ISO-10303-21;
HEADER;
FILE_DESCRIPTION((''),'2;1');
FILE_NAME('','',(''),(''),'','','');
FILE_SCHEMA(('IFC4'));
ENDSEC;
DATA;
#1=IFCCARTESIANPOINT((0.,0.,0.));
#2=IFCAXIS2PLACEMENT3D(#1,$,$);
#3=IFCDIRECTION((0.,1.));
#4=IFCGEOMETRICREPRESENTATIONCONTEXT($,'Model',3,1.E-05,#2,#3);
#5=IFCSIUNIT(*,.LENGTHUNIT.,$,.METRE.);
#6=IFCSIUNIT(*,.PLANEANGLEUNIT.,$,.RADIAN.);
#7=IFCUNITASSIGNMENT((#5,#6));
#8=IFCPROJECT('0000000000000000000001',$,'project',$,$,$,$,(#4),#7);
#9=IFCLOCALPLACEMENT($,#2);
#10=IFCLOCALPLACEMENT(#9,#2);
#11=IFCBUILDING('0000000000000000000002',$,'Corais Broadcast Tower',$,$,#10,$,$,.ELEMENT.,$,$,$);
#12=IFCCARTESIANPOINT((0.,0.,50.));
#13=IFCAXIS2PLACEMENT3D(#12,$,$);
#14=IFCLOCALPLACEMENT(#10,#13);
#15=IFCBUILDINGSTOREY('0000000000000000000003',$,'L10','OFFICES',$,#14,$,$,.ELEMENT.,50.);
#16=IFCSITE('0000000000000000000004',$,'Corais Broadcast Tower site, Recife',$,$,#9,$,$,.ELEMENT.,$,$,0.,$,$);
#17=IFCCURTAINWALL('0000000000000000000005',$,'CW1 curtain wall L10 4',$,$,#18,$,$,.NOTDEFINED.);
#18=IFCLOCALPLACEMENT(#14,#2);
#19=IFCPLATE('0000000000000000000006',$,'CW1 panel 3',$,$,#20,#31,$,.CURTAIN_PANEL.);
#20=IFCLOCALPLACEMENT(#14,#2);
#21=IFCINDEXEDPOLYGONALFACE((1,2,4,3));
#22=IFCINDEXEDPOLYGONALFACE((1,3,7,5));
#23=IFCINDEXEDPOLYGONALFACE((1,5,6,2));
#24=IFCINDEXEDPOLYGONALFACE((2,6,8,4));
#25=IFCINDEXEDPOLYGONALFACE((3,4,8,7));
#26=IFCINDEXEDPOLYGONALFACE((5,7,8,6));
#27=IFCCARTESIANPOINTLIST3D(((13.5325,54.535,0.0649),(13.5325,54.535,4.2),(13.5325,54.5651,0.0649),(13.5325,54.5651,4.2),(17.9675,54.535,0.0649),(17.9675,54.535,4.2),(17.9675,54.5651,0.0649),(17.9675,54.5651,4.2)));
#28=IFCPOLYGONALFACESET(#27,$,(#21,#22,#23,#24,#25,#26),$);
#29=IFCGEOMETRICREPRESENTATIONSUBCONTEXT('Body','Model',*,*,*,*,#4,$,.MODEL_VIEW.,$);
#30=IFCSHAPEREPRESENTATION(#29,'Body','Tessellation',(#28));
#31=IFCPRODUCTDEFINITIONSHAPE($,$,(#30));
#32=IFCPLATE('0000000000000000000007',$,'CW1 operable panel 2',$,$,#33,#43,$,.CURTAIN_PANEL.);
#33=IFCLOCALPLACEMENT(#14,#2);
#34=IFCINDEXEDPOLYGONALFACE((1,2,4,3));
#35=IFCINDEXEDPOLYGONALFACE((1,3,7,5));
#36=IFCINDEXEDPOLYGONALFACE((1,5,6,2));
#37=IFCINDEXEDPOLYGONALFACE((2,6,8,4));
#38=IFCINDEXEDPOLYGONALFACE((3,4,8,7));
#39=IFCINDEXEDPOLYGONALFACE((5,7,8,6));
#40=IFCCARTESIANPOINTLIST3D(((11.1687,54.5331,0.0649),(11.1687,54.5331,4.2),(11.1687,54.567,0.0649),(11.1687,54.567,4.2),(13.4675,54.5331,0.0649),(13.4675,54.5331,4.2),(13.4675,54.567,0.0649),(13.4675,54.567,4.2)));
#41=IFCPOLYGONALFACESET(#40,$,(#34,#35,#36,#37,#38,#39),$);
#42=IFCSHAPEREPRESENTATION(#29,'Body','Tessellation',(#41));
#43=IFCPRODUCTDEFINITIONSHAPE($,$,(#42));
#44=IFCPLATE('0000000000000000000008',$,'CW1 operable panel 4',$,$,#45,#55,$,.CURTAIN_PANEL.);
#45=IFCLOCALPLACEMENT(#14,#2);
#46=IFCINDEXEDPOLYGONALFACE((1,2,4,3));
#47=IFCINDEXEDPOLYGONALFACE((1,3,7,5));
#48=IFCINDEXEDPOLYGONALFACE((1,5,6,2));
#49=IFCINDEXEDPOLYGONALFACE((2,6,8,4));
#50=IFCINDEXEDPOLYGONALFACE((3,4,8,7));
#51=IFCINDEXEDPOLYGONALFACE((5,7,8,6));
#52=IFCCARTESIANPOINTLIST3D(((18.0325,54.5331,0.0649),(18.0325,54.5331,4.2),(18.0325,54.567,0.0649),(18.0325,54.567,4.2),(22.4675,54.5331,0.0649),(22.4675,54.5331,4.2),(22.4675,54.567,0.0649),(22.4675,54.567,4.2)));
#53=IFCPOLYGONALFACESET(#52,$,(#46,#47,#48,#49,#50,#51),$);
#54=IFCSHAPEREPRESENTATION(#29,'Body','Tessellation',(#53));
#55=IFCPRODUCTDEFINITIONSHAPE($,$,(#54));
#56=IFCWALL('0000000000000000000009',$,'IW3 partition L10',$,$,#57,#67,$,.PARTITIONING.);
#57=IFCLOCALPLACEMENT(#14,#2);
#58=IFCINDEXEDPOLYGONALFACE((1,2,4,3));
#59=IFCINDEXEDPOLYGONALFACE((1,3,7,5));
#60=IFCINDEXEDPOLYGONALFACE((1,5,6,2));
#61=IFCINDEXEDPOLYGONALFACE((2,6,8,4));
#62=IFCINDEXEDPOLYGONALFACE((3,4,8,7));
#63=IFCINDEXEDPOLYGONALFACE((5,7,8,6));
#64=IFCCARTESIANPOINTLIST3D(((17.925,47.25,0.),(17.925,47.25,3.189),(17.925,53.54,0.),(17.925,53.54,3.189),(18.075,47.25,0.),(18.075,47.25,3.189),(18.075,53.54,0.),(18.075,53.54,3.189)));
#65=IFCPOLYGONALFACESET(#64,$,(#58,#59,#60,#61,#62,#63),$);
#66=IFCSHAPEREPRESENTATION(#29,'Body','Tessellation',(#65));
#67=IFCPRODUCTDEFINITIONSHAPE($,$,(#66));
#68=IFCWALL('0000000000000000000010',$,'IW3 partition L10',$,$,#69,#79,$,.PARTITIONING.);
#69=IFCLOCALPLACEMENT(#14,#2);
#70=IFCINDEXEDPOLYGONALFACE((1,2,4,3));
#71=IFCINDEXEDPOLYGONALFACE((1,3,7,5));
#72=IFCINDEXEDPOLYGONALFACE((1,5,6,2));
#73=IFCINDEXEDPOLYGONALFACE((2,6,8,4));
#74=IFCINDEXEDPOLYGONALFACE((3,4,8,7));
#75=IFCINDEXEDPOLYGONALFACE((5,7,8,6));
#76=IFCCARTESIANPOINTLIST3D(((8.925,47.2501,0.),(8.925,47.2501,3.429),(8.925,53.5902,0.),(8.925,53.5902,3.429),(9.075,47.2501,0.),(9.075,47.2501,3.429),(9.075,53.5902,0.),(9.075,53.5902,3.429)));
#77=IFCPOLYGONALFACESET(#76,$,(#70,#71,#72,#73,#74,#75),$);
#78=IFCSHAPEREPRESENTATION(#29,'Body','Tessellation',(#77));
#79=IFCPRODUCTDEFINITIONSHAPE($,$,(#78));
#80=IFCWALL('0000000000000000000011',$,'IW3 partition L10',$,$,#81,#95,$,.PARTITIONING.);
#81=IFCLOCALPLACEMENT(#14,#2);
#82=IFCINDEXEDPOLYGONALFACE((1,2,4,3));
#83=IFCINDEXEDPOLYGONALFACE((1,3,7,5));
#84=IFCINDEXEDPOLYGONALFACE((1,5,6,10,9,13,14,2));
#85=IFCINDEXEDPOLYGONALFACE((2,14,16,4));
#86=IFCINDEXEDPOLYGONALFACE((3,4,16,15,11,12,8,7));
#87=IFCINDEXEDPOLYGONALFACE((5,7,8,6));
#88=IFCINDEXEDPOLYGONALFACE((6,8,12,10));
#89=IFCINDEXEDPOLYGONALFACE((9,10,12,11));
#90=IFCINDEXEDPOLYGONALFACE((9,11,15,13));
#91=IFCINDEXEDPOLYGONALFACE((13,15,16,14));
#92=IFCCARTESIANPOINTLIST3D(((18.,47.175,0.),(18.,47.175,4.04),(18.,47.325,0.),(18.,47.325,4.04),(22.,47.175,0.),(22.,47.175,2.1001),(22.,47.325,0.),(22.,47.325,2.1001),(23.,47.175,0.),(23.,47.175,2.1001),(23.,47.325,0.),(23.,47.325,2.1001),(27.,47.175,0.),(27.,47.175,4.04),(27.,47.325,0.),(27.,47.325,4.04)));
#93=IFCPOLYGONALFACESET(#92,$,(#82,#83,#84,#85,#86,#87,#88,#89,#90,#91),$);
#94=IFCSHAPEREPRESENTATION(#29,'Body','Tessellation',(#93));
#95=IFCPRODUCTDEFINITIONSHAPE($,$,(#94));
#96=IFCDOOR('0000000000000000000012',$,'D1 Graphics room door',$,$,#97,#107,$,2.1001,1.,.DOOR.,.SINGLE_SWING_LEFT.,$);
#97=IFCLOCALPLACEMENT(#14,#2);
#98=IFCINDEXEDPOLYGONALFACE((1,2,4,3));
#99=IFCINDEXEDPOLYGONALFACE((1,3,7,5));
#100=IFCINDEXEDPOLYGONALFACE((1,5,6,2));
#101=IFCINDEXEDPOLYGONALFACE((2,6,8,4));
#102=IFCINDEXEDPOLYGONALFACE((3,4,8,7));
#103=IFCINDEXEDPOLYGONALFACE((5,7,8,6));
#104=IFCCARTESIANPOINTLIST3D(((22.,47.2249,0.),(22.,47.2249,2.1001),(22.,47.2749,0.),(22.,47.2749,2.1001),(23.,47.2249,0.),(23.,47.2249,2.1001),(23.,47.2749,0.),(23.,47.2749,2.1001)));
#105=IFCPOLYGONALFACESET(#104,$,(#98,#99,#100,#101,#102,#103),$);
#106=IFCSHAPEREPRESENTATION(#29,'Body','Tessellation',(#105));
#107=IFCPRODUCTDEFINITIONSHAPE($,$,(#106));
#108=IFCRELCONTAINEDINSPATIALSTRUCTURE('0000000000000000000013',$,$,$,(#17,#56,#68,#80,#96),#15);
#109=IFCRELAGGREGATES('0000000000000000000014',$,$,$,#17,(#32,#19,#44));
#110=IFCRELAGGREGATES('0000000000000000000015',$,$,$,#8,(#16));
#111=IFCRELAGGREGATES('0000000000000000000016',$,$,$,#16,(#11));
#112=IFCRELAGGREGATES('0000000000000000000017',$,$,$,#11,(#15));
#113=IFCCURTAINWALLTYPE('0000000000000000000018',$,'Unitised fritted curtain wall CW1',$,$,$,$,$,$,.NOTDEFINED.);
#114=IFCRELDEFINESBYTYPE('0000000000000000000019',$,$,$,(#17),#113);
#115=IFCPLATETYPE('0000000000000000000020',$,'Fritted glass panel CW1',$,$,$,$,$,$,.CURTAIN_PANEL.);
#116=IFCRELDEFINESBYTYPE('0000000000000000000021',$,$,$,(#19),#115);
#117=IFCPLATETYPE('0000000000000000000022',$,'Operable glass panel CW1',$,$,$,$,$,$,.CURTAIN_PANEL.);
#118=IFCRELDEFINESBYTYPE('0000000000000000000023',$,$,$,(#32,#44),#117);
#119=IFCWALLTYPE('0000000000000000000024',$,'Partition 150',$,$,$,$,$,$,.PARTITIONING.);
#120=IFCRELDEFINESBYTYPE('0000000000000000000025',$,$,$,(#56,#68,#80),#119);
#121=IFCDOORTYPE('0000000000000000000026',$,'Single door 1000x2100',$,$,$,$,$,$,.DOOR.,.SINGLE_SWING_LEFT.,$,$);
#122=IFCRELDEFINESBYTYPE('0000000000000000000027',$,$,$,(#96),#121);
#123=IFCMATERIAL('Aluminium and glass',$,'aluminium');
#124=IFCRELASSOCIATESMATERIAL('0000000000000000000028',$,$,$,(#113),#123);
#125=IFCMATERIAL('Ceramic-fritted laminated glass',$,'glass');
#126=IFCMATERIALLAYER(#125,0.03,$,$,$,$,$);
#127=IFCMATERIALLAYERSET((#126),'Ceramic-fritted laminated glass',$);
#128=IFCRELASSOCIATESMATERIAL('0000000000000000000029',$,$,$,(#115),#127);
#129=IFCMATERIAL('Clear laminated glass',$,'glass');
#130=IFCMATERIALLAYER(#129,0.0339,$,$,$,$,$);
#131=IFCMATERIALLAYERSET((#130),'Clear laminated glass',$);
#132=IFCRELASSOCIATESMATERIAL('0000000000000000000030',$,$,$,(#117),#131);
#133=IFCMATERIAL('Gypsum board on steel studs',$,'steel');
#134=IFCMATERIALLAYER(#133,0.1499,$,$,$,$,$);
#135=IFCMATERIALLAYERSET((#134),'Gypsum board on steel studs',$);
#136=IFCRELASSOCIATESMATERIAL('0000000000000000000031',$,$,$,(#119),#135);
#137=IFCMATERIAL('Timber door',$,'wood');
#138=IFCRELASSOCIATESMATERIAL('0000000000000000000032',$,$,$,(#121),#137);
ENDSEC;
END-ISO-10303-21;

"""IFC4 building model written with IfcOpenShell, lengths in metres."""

from ifc_helpers import new_model, si_unit, direction, frame, frame_2d, origin, origin_2d, place, context, subcontext, project, spatial, rectangle, extrude, material, layer, layer_set, type_object, element, fill, aggregate, save


model = new_model("IFC4")

# Units and contexts
model_context = context("Model", 3, precision=1e-05, world=origin(), true_north=direction((0.0, 1.0)))
body_context = subcontext(model_context, "Body", "Model", "MODEL_VIEW")
ifc_project = project(units=[si_unit("LENGTHUNIT", "METRE"), si_unit("PLANEANGLEUNIT", "RADIAN")], contexts=[model_context])

# Site, building, storey
site_placement = place(None, origin())
site = spatial("IfcSite", under=ifc_project, at=site_placement, Name="Corais Broadcast Tower site, Recife", CompositionType="ELEMENT", RefElevation=0.0)
building_placement = place(site_placement, origin())
building = spatial("IfcBuilding", under=site, at=building_placement, Name="Corais Broadcast Tower", CompositionType="ELEMENT")
storey_placement = place(building_placement, frame((0.0, 0.0, 50.0)))
storey = spatial("IfcBuildingStorey", under=building, at=storey_placement, Name="L10", Description="OFFICES", CompositionType="ELEMENT", Elevation=50.0)

# Curtain wall
ifc_material_1 = material(Name="Aluminium and glass", Category="aluminium")
curtain_wall_type = type_object("IfcCurtainWallType", Name="Unitised fritted curtain wall CW1", PredefinedType="NOTDEFINED", material=ifc_material_1)
curtain_wall_placement = place(storey_placement, origin())
curtain_wall = element("IfcCurtainWall", 1, at=curtain_wall_placement, inside=storey, type_object=curtain_wall_type, Name="CW1 curtain wall L10 4", PredefinedType="NOTDEFINED")

# Plates
ifc_material_2 = material(Name="Ceramic-fritted laminated glass", Category="glass")
ifc_layer_1 = layer(ifc_material_2, 0.03)
ifc_layer_set_1 = layer_set([ifc_layer_1], Name="Ceramic-fritted laminated glass")
plate_type_1 = type_object("IfcPlateType", Name="Fritted glass panel CW1", PredefinedType="CURTAIN_PANEL", material=ifc_layer_set_1)
plate_1_placement = place(storey_placement, frame((15.75, 54.55, 0.0649), z_axis=(0.0, 0.0, 1.0), x_axis=(1.0, 0.0, 0.0)))
plate_1 = element("IfcPlate", 2, at=plate_1_placement, type_object=plate_type_1, Name="CW1 panel 3", PredefinedType="CURTAIN_PANEL", context=body_context, shape_type="SweptSolid", body=[
    extrude(rectangle(XDim=4.4351, YDim=0.03, at=origin_2d()), origin(), (0.0, 0.0, 1.0), 4.135),
])
ifc_material_3 = material(Name="Clear laminated glass", Category="glass")
ifc_layer_2 = layer(ifc_material_3, 0.0339)
ifc_layer_set_2 = layer_set([ifc_layer_2], Name="Clear laminated glass")
plate_type_2 = type_object("IfcPlateType", Name="Operable glass panel CW1", PredefinedType="CURTAIN_PANEL", material=ifc_layer_set_2)
plate_2_placement = place(storey_placement, frame((12.3181, 54.55, 0.0649), z_axis=(0.0, 0.0, 1.0), x_axis=(1.0, 0.0, 0.0)))
plate_2 = element("IfcPlate", 3, at=plate_2_placement, type_object=plate_type_2, Name="CW1 operable panel 2", PredefinedType="CURTAIN_PANEL", context=body_context, shape_type="SweptSolid", body=[
    extrude(rectangle(XDim=2.2988, YDim=0.0339, at=origin_2d()), origin(), (0.0, 0.0, 1.0), 4.135),
])
plate_3_placement = place(storey_placement, frame((20.25, 54.55, 0.0649), z_axis=(0.0, 0.0, 1.0), x_axis=(1.0, 0.0, 0.0)))
plate_3 = element("IfcPlate", 4, at=plate_3_placement, type_object=plate_type_2, Name="CW1 operable panel 4", PredefinedType="CURTAIN_PANEL", context=body_context, shape_type="SweptSolid", body=[
    extrude(rectangle(XDim=4.4351, YDim=0.0339, at=origin_2d()), origin(), (0.0, 0.0, 1.0), 4.135),
])
aggregate(curtain_wall, [plate_2, plate_1, plate_3])

# Walls
ifc_material_4 = material(Name="Gypsum board on steel studs", Category="steel")
ifc_layer_3 = layer(ifc_material_4, 0.1499)
ifc_layer_set_3 = layer_set([ifc_layer_3], Name="Gypsum board on steel studs")
wall_type = type_object("IfcWallType", Name="Partition 150", PredefinedType="PARTITIONING", material=ifc_layer_set_3)
wall_1_placement = place(storey_placement, frame((18.0, 47.25, 0.0), z_axis=(0.0, 0.0, 1.0), x_axis=(0.0, 1.0, 0.0)))
element("IfcWall", 5, at=wall_1_placement, inside=storey, type_object=wall_type, Name="IW3 partition L10", PredefinedType="PARTITIONING", context=body_context, shape_type="SweptSolid", body=[
    extrude(rectangle(XDim=6.29, YDim=0.1499, at=frame_2d((3.145, 0.0))), origin(), (0.0, 0.0, 1.0), 3.189),
])
wall_2_placement = place(storey_placement, frame((9.0, 53.5901, 0.0), z_axis=(0.0, 0.0, 1.0), x_axis=(0.0, -1.0, 0.0)))
element("IfcWall", 6, at=wall_2_placement, inside=storey, type_object=wall_type, Name="IW3 partition L10", PredefinedType="PARTITIONING", context=body_context, shape_type="SweptSolid", body=[
    extrude(rectangle(XDim=6.3401, YDim=0.1499, at=frame_2d((3.1699, 0.0))), origin(), (0.0, 0.0, 1.0), 3.429),
])

# Wall, opening, door
wall_3_placement = place(storey_placement, frame((18.0, 47.25, 0.0), z_axis=(0.0, 0.0, 1.0), x_axis=(1.0, 0.0, 0.0)))
wall_3 = element("IfcWall", 7, at=wall_3_placement, inside=storey, type_object=wall_type, Name="IW3 partition L10", PredefinedType="PARTITIONING", context=body_context, shape_type="SweptSolid", body=[
    extrude(rectangle(XDim=9.0, YDim=0.1499, at=frame_2d((4.5, 0.0))), origin(), (0.0, 0.0, 1.0), 4.04),
])
opening_placement = place(wall_3_placement, frame((4.0, 0.0, 0.0)))
opening = element("IfcOpeningElement", 8, at=opening_placement, cuts=wall_3, PredefinedType="OPENING", context=body_context, shape_type="SweptSolid", body=[
    extrude(rectangle(XDim=1.0, YDim=2.1001, at=frame_2d((0.5, 1.05))), frame((0.0, 0.085, 0.0), z_axis=(0.0, -1.0, 0.0), x_axis=(1.0, 0.0, 0.0)), (0.0, 0.0, 1.0), 0.1699),
])
ifc_material_5 = material(Name="Timber door", Category="wood")
door_type = type_object("IfcDoorType", Name="Single door 1000x2100", OperationType="SINGLE_SWING_LEFT", PredefinedType="DOOR", material=ifc_material_5)
door_placement = place(opening_placement, origin())
door = element("IfcDoor", 9, at=door_placement, inside=storey, type_object=door_type, Name="D1 Graphics room door", OperationType="SINGLE_SWING_LEFT", OverallHeight=2.1001, OverallWidth=1.0, PredefinedType="DOOR", context=body_context, shape_type="SweptSolid", body=[
    extrude(rectangle(XDim=1.0, YDim=2.1001, at=frame_2d((0.5, 1.05))), frame((0.0, 0.0249, 0.0), z_axis=(0.0, -1.0, 0.0), x_axis=(1.0, 0.0, 0.0)), (0.0, 0.0, 1.0), 0.05),
])
fill(opening, door)

save(model, "model.ifc")
